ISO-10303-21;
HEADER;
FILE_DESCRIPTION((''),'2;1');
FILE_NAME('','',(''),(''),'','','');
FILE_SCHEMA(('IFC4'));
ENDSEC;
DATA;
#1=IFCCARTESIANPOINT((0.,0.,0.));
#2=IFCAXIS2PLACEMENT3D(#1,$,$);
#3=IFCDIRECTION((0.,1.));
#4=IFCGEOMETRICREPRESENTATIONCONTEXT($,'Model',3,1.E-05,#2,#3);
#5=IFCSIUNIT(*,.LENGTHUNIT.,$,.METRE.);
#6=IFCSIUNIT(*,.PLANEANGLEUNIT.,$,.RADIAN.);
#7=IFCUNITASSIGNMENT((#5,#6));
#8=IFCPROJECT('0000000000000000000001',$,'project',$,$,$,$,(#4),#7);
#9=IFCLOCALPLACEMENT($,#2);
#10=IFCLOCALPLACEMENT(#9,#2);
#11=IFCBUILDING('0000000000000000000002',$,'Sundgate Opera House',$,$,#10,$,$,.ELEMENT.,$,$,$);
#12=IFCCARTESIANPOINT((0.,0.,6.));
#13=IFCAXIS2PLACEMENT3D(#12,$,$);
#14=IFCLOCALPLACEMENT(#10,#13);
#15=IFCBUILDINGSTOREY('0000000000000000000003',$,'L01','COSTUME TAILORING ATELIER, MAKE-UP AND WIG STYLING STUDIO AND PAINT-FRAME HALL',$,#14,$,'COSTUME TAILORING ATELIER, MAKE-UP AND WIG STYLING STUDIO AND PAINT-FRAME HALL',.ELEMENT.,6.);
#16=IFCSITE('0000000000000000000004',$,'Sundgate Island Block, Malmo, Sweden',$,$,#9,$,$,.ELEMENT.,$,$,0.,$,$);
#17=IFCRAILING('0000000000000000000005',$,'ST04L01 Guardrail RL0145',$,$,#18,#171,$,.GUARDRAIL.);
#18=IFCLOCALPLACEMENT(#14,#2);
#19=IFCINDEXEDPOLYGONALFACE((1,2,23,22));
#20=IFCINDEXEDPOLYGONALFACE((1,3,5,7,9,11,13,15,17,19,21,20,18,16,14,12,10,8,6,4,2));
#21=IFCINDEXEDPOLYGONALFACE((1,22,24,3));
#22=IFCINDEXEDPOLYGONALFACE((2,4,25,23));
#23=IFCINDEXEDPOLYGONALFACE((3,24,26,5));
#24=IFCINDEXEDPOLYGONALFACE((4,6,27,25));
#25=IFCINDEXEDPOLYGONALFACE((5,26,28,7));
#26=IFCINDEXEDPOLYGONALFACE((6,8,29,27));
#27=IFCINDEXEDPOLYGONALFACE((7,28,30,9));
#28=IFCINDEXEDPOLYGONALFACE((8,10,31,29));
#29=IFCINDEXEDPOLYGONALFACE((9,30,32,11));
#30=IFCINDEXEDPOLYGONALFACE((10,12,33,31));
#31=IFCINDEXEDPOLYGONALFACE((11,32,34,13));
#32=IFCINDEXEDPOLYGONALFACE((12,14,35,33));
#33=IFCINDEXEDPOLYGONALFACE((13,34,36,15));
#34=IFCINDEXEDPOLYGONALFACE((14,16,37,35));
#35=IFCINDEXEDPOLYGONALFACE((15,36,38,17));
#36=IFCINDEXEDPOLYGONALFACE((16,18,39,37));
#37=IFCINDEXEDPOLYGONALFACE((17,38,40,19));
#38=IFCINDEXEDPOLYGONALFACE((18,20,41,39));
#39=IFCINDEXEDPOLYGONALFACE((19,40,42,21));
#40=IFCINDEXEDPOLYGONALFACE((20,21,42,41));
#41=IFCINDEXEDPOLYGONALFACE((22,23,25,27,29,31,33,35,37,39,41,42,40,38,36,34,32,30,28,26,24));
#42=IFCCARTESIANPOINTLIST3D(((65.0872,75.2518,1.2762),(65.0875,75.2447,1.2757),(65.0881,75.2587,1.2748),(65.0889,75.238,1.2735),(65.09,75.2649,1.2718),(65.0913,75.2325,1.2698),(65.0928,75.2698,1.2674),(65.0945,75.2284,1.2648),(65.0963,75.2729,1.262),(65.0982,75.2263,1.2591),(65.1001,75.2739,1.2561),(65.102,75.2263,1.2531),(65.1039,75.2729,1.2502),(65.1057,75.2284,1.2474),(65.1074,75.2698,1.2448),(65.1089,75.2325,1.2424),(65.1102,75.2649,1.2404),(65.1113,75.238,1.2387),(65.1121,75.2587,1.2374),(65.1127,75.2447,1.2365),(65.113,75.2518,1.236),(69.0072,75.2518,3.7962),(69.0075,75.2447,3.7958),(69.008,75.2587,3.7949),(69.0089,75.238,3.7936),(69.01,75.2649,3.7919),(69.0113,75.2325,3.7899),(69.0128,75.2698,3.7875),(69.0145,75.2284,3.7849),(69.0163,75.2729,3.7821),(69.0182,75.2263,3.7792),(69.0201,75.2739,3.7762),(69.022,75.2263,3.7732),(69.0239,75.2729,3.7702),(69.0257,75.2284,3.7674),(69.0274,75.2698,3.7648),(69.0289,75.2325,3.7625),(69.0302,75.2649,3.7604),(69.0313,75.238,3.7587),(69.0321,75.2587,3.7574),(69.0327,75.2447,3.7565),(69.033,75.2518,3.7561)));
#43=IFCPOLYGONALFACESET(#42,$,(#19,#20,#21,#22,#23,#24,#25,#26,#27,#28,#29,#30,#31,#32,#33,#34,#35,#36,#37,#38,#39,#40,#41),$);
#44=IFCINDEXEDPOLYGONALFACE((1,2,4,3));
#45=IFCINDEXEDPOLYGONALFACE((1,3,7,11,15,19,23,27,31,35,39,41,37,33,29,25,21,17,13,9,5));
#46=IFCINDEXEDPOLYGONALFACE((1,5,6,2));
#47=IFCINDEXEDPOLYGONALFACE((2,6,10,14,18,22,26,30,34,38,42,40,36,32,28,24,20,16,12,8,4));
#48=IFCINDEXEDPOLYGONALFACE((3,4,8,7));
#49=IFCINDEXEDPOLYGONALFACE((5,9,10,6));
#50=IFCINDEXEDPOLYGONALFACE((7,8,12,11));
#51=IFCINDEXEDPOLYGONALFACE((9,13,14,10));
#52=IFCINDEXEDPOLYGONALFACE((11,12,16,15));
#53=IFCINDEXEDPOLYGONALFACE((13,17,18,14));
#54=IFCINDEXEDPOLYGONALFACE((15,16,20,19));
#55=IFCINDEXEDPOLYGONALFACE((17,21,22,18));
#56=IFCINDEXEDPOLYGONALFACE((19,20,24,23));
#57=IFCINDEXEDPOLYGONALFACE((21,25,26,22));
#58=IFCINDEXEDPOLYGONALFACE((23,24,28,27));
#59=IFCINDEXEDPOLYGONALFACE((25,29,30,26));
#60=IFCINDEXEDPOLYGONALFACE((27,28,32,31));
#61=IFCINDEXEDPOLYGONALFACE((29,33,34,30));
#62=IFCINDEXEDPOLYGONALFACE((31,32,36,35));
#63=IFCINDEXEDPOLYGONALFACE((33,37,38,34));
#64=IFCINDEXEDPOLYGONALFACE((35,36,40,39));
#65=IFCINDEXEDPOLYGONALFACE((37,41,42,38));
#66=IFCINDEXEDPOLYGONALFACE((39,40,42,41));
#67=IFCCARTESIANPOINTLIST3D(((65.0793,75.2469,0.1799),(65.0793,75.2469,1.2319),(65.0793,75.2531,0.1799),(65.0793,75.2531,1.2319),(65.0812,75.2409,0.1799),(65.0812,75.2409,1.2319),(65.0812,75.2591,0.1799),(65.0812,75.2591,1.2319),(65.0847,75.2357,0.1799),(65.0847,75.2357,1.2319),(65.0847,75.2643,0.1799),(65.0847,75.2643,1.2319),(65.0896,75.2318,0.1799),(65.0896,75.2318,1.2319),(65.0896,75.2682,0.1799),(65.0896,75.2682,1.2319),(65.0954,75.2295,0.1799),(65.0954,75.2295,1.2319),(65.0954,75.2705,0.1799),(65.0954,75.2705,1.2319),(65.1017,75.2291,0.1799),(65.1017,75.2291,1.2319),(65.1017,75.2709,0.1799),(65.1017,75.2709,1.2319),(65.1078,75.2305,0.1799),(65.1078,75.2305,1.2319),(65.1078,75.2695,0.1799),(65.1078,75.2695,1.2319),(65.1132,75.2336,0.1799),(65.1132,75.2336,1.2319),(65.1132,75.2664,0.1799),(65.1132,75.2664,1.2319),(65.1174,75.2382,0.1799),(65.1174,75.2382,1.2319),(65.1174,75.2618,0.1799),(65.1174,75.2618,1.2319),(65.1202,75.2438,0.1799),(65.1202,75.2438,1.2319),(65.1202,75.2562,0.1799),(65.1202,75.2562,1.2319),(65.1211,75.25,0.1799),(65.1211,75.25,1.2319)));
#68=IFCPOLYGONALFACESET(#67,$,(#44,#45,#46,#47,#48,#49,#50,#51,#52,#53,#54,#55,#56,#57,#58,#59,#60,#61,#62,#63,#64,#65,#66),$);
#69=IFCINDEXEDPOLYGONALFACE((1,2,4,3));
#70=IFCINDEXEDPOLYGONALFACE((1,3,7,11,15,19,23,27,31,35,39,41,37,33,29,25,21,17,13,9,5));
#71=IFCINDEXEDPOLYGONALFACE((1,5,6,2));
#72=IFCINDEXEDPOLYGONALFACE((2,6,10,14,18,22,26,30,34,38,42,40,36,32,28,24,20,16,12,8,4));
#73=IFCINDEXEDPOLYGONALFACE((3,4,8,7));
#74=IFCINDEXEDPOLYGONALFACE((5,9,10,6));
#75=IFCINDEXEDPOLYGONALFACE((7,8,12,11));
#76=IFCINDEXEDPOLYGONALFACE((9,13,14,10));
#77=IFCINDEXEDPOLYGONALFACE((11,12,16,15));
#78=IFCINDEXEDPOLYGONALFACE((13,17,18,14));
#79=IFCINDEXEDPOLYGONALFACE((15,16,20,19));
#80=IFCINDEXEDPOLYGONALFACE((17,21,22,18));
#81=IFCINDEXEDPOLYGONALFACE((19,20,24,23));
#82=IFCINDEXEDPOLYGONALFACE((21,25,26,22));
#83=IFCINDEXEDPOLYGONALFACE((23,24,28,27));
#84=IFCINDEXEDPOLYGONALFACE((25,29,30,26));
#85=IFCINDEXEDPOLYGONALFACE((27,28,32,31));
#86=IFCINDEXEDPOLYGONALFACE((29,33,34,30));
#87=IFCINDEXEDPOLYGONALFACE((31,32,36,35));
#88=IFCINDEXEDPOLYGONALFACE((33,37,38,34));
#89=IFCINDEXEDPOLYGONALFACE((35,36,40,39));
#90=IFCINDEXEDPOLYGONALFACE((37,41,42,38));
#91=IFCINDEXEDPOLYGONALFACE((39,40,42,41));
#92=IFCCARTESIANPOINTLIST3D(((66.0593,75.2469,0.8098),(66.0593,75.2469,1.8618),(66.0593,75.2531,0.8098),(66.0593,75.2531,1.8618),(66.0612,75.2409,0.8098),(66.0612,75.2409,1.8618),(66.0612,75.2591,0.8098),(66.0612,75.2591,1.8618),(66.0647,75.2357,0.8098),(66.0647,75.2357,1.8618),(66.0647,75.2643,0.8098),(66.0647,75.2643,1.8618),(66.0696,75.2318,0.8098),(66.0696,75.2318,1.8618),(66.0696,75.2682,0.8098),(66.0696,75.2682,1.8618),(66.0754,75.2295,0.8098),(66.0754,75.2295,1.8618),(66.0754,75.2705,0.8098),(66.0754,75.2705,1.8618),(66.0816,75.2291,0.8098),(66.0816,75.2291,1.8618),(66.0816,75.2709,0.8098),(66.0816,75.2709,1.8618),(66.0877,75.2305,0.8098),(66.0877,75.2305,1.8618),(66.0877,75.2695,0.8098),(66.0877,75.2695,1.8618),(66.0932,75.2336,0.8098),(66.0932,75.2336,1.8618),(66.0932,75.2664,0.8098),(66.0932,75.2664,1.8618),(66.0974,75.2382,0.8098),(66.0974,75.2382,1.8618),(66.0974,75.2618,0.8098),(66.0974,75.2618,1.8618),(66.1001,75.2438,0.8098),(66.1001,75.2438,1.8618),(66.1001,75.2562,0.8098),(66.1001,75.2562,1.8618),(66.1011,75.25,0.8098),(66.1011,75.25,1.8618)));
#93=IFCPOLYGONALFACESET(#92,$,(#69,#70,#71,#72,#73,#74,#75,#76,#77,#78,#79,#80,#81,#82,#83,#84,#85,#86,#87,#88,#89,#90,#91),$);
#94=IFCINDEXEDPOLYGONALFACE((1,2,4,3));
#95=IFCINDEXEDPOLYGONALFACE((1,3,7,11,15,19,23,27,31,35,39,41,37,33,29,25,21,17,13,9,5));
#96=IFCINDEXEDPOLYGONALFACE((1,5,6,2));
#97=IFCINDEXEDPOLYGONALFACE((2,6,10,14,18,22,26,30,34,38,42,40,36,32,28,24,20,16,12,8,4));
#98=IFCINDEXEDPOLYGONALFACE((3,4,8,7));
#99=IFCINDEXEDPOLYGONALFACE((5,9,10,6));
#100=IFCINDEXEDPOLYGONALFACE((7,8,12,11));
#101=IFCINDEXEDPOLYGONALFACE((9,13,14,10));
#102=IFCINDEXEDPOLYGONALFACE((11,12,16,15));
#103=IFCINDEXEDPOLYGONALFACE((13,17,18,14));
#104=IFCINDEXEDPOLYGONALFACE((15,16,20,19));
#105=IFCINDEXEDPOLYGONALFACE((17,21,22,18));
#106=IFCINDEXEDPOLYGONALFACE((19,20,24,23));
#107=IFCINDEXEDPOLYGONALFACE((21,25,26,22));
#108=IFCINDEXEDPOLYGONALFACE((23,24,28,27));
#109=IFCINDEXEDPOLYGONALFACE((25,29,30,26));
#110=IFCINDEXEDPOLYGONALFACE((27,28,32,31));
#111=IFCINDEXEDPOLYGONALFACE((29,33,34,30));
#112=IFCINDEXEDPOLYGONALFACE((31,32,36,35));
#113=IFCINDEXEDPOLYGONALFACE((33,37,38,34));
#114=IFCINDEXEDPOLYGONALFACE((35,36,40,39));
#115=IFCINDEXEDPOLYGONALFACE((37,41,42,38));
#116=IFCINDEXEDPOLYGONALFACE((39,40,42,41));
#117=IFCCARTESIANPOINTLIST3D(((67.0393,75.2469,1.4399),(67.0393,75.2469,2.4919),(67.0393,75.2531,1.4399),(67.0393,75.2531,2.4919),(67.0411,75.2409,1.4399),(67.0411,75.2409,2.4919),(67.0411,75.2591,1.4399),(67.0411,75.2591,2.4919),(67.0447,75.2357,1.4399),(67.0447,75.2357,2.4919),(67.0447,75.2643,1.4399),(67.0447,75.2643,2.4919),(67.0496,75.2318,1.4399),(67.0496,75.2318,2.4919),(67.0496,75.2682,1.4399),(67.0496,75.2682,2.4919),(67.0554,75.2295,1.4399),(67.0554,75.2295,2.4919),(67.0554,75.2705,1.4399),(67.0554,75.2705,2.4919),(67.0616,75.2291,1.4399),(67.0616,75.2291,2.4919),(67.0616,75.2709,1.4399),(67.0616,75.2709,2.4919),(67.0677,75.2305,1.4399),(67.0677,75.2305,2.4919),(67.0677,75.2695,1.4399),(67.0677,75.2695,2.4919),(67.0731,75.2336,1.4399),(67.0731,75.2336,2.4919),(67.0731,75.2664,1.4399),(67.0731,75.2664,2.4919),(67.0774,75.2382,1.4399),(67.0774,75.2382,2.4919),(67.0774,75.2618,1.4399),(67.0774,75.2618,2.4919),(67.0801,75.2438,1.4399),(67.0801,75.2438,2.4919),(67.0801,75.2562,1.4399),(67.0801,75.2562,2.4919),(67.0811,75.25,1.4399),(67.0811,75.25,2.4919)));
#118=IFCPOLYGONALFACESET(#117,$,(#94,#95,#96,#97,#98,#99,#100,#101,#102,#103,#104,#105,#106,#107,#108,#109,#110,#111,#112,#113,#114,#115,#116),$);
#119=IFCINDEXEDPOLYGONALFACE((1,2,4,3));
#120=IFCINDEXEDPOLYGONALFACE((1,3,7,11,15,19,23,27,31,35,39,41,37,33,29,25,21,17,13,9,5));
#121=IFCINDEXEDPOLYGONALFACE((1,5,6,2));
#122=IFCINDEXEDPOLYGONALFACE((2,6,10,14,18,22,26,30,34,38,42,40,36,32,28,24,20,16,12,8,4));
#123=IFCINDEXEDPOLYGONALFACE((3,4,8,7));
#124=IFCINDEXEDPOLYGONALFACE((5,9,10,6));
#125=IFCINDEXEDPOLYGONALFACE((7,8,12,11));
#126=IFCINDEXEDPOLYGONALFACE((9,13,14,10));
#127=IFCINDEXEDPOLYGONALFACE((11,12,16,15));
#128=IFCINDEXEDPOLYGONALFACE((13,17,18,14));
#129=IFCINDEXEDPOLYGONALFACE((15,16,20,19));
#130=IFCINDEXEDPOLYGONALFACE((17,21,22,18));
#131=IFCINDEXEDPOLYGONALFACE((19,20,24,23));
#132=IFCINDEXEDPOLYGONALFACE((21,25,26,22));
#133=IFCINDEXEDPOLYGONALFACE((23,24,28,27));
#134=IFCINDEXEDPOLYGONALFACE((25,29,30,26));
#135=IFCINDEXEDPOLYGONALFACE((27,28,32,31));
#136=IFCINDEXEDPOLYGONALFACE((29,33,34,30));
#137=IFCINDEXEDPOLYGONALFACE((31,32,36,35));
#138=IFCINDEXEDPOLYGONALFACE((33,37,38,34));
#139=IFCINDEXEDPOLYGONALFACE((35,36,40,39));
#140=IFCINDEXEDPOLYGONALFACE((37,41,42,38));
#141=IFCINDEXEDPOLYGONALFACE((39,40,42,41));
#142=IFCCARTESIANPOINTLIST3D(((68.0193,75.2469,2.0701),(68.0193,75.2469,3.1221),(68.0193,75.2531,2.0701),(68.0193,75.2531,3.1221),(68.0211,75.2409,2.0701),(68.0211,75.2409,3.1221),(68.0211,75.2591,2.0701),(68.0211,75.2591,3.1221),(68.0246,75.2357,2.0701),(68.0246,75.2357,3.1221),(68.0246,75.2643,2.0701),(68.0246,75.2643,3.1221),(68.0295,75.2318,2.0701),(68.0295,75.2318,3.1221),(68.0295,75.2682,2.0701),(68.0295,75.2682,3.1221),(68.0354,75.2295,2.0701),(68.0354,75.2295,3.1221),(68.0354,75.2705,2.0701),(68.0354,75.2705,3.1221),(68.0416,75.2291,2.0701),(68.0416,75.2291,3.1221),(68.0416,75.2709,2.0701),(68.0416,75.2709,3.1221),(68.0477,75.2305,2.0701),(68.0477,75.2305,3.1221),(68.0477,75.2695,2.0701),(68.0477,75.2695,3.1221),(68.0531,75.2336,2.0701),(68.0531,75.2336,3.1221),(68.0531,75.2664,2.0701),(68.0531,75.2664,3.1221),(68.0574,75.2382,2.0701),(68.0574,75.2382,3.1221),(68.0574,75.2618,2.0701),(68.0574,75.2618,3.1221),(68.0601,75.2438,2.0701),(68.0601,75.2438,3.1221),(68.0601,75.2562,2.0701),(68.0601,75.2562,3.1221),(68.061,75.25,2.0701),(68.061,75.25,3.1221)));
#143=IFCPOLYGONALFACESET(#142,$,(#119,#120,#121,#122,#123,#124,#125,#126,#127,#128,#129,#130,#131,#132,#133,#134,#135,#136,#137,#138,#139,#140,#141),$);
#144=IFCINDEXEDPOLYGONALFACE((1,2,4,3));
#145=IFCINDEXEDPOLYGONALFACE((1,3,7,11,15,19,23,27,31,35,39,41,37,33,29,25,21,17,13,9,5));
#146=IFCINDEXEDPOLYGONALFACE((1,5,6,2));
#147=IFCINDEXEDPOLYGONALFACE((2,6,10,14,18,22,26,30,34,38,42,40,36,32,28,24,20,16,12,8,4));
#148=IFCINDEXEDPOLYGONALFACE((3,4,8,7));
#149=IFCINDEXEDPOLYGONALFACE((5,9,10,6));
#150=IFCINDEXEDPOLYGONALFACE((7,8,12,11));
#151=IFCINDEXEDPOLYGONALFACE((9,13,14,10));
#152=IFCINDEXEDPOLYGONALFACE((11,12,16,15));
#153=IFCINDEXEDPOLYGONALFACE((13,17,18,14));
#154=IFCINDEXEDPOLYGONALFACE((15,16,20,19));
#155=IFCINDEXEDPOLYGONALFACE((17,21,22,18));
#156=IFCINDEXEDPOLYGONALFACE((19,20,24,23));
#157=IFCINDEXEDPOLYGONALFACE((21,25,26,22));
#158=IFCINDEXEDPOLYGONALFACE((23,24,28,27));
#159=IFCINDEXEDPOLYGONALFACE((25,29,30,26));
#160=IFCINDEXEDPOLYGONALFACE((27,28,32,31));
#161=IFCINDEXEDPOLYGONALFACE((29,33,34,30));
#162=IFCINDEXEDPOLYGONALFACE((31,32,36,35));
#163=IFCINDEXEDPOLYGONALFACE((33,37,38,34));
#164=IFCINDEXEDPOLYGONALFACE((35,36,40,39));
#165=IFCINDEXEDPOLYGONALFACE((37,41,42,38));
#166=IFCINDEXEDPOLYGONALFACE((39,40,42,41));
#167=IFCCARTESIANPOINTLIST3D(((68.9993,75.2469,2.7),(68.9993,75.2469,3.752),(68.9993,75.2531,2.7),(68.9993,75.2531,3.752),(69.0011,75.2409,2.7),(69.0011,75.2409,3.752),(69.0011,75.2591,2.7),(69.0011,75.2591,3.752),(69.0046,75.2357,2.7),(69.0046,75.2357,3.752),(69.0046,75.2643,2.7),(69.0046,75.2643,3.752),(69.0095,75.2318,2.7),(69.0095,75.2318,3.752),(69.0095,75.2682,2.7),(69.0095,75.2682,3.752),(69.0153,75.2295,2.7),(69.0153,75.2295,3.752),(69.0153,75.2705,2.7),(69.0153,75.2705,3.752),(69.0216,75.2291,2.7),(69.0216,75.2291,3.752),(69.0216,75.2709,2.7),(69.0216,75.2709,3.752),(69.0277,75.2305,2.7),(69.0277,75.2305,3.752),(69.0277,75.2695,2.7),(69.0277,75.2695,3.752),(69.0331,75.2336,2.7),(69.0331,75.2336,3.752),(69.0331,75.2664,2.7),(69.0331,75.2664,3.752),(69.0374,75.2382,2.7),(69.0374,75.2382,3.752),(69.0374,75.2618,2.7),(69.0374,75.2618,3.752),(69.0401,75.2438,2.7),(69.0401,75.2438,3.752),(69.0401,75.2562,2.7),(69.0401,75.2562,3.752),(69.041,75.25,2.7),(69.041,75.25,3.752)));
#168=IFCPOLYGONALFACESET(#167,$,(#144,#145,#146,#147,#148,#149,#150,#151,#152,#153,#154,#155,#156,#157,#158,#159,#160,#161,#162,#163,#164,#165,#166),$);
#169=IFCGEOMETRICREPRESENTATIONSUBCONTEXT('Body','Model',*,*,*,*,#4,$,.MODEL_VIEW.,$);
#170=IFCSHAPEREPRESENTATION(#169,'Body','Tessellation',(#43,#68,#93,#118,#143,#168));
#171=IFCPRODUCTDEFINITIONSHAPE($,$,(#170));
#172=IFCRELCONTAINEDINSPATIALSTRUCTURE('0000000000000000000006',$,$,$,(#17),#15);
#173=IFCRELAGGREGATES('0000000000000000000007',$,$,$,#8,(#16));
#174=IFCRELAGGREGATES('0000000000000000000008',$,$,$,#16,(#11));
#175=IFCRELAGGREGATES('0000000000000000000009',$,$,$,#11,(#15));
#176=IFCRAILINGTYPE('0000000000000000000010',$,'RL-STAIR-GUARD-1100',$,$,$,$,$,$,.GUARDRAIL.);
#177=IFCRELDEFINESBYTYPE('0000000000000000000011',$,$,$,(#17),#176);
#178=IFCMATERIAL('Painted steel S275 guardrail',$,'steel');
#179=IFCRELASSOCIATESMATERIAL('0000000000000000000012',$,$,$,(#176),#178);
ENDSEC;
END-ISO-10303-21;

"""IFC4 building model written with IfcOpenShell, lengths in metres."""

from ifc_helpers import new_model, si_unit, direction, frame, origin, origin_2d, place, context, subcontext, project, spatial, circle, extrude, material, type_object, element, save


model = new_model("IFC4")

# Units and contexts
model_context = context("Model", 3, precision=1e-05, world=origin(), true_north=direction((0.0, 1.0)))
body_context = subcontext(model_context, "Body", "Model", "MODEL_VIEW")
ifc_project = project(units=[si_unit("LENGTHUNIT", "METRE"), si_unit("PLANEANGLEUNIT", "RADIAN")], contexts=[model_context])

# Site, building, storey
site_placement = place(None, origin())
site = spatial("IfcSite", under=ifc_project, at=site_placement, Name="Sundgate Island Block, Malmo, Sweden", CompositionType="ELEMENT", RefElevation=0.0)
building_placement = place(site_placement, origin())
building = spatial("IfcBuilding", under=site, at=building_placement, Name="Sundgate Opera House", CompositionType="ELEMENT")
storey_placement = place(building_placement, frame((0.0, 0.0, 6.0)))
storey = spatial("IfcBuildingStorey", under=building, at=storey_placement, Name="L01", Description="COSTUME TAILORING ATELIER, MAKE-UP AND WIG STYLING STUDIO AND PAINT-FRAME HALL", LongName="COSTUME TAILORING ATELIER, MAKE-UP AND WIG STYLING STUDIO AND PAINT-FRAME HALL", CompositionType="ELEMENT", Elevation=6.0)

# Railing
ifc_material_1 = material(Name="Painted steel S275 guardrail", Category="steel")
railing_type_1 = type_object("IfcRailingType", Name="RL-STAIR-GUARD-1100", PredefinedType="GUARDRAIL", material=ifc_material_1)
railing_1_placement = place(storey_placement, frame((65.1001, 75.25, 0.1799)))
element("IfcRailing", 1, at=railing_1_placement, inside=storey, type_object=railing_type_1, Name="ST04L01 Guardrail RL0145", PredefinedType="GUARDRAIL", context=body_context, shape_type="SweptSolid", body=[
    extrude(circle(Radius=0.0239, at=origin_2d()), frame((0.0, 0.0, 1.0762), z_axis=(0.841172, 0.0, 0.540768), x_axis=(0.0, 1.0, 0.0)), (0.0, 0.0, 1.0), 4.6602),
    extrude(circle(Radius=0.021, at=origin_2d()), origin(), (0.0, 0.0, 1.0), 1.052),
    extrude(circle(Radius=0.021, at=origin_2d()), frame((0.98, 0.0, 0.6299)), (0.0, 0.0, 1.0), 1.052),
    extrude(circle(Radius=0.021, at=origin_2d()), frame((1.96, 0.0, 1.26)), (0.0, 0.0, 1.0), 1.052),
    extrude(circle(Radius=0.021, at=origin_2d()), frame((2.9399, 0.0, 1.8901)), (0.0, 0.0, 1.0), 1.052),
    extrude(circle(Radius=0.021, at=origin_2d()), frame((3.9199, 0.0, 2.52)), (0.0, 0.0, 1.0), 1.052),
])

save(model, "model.ifc")
